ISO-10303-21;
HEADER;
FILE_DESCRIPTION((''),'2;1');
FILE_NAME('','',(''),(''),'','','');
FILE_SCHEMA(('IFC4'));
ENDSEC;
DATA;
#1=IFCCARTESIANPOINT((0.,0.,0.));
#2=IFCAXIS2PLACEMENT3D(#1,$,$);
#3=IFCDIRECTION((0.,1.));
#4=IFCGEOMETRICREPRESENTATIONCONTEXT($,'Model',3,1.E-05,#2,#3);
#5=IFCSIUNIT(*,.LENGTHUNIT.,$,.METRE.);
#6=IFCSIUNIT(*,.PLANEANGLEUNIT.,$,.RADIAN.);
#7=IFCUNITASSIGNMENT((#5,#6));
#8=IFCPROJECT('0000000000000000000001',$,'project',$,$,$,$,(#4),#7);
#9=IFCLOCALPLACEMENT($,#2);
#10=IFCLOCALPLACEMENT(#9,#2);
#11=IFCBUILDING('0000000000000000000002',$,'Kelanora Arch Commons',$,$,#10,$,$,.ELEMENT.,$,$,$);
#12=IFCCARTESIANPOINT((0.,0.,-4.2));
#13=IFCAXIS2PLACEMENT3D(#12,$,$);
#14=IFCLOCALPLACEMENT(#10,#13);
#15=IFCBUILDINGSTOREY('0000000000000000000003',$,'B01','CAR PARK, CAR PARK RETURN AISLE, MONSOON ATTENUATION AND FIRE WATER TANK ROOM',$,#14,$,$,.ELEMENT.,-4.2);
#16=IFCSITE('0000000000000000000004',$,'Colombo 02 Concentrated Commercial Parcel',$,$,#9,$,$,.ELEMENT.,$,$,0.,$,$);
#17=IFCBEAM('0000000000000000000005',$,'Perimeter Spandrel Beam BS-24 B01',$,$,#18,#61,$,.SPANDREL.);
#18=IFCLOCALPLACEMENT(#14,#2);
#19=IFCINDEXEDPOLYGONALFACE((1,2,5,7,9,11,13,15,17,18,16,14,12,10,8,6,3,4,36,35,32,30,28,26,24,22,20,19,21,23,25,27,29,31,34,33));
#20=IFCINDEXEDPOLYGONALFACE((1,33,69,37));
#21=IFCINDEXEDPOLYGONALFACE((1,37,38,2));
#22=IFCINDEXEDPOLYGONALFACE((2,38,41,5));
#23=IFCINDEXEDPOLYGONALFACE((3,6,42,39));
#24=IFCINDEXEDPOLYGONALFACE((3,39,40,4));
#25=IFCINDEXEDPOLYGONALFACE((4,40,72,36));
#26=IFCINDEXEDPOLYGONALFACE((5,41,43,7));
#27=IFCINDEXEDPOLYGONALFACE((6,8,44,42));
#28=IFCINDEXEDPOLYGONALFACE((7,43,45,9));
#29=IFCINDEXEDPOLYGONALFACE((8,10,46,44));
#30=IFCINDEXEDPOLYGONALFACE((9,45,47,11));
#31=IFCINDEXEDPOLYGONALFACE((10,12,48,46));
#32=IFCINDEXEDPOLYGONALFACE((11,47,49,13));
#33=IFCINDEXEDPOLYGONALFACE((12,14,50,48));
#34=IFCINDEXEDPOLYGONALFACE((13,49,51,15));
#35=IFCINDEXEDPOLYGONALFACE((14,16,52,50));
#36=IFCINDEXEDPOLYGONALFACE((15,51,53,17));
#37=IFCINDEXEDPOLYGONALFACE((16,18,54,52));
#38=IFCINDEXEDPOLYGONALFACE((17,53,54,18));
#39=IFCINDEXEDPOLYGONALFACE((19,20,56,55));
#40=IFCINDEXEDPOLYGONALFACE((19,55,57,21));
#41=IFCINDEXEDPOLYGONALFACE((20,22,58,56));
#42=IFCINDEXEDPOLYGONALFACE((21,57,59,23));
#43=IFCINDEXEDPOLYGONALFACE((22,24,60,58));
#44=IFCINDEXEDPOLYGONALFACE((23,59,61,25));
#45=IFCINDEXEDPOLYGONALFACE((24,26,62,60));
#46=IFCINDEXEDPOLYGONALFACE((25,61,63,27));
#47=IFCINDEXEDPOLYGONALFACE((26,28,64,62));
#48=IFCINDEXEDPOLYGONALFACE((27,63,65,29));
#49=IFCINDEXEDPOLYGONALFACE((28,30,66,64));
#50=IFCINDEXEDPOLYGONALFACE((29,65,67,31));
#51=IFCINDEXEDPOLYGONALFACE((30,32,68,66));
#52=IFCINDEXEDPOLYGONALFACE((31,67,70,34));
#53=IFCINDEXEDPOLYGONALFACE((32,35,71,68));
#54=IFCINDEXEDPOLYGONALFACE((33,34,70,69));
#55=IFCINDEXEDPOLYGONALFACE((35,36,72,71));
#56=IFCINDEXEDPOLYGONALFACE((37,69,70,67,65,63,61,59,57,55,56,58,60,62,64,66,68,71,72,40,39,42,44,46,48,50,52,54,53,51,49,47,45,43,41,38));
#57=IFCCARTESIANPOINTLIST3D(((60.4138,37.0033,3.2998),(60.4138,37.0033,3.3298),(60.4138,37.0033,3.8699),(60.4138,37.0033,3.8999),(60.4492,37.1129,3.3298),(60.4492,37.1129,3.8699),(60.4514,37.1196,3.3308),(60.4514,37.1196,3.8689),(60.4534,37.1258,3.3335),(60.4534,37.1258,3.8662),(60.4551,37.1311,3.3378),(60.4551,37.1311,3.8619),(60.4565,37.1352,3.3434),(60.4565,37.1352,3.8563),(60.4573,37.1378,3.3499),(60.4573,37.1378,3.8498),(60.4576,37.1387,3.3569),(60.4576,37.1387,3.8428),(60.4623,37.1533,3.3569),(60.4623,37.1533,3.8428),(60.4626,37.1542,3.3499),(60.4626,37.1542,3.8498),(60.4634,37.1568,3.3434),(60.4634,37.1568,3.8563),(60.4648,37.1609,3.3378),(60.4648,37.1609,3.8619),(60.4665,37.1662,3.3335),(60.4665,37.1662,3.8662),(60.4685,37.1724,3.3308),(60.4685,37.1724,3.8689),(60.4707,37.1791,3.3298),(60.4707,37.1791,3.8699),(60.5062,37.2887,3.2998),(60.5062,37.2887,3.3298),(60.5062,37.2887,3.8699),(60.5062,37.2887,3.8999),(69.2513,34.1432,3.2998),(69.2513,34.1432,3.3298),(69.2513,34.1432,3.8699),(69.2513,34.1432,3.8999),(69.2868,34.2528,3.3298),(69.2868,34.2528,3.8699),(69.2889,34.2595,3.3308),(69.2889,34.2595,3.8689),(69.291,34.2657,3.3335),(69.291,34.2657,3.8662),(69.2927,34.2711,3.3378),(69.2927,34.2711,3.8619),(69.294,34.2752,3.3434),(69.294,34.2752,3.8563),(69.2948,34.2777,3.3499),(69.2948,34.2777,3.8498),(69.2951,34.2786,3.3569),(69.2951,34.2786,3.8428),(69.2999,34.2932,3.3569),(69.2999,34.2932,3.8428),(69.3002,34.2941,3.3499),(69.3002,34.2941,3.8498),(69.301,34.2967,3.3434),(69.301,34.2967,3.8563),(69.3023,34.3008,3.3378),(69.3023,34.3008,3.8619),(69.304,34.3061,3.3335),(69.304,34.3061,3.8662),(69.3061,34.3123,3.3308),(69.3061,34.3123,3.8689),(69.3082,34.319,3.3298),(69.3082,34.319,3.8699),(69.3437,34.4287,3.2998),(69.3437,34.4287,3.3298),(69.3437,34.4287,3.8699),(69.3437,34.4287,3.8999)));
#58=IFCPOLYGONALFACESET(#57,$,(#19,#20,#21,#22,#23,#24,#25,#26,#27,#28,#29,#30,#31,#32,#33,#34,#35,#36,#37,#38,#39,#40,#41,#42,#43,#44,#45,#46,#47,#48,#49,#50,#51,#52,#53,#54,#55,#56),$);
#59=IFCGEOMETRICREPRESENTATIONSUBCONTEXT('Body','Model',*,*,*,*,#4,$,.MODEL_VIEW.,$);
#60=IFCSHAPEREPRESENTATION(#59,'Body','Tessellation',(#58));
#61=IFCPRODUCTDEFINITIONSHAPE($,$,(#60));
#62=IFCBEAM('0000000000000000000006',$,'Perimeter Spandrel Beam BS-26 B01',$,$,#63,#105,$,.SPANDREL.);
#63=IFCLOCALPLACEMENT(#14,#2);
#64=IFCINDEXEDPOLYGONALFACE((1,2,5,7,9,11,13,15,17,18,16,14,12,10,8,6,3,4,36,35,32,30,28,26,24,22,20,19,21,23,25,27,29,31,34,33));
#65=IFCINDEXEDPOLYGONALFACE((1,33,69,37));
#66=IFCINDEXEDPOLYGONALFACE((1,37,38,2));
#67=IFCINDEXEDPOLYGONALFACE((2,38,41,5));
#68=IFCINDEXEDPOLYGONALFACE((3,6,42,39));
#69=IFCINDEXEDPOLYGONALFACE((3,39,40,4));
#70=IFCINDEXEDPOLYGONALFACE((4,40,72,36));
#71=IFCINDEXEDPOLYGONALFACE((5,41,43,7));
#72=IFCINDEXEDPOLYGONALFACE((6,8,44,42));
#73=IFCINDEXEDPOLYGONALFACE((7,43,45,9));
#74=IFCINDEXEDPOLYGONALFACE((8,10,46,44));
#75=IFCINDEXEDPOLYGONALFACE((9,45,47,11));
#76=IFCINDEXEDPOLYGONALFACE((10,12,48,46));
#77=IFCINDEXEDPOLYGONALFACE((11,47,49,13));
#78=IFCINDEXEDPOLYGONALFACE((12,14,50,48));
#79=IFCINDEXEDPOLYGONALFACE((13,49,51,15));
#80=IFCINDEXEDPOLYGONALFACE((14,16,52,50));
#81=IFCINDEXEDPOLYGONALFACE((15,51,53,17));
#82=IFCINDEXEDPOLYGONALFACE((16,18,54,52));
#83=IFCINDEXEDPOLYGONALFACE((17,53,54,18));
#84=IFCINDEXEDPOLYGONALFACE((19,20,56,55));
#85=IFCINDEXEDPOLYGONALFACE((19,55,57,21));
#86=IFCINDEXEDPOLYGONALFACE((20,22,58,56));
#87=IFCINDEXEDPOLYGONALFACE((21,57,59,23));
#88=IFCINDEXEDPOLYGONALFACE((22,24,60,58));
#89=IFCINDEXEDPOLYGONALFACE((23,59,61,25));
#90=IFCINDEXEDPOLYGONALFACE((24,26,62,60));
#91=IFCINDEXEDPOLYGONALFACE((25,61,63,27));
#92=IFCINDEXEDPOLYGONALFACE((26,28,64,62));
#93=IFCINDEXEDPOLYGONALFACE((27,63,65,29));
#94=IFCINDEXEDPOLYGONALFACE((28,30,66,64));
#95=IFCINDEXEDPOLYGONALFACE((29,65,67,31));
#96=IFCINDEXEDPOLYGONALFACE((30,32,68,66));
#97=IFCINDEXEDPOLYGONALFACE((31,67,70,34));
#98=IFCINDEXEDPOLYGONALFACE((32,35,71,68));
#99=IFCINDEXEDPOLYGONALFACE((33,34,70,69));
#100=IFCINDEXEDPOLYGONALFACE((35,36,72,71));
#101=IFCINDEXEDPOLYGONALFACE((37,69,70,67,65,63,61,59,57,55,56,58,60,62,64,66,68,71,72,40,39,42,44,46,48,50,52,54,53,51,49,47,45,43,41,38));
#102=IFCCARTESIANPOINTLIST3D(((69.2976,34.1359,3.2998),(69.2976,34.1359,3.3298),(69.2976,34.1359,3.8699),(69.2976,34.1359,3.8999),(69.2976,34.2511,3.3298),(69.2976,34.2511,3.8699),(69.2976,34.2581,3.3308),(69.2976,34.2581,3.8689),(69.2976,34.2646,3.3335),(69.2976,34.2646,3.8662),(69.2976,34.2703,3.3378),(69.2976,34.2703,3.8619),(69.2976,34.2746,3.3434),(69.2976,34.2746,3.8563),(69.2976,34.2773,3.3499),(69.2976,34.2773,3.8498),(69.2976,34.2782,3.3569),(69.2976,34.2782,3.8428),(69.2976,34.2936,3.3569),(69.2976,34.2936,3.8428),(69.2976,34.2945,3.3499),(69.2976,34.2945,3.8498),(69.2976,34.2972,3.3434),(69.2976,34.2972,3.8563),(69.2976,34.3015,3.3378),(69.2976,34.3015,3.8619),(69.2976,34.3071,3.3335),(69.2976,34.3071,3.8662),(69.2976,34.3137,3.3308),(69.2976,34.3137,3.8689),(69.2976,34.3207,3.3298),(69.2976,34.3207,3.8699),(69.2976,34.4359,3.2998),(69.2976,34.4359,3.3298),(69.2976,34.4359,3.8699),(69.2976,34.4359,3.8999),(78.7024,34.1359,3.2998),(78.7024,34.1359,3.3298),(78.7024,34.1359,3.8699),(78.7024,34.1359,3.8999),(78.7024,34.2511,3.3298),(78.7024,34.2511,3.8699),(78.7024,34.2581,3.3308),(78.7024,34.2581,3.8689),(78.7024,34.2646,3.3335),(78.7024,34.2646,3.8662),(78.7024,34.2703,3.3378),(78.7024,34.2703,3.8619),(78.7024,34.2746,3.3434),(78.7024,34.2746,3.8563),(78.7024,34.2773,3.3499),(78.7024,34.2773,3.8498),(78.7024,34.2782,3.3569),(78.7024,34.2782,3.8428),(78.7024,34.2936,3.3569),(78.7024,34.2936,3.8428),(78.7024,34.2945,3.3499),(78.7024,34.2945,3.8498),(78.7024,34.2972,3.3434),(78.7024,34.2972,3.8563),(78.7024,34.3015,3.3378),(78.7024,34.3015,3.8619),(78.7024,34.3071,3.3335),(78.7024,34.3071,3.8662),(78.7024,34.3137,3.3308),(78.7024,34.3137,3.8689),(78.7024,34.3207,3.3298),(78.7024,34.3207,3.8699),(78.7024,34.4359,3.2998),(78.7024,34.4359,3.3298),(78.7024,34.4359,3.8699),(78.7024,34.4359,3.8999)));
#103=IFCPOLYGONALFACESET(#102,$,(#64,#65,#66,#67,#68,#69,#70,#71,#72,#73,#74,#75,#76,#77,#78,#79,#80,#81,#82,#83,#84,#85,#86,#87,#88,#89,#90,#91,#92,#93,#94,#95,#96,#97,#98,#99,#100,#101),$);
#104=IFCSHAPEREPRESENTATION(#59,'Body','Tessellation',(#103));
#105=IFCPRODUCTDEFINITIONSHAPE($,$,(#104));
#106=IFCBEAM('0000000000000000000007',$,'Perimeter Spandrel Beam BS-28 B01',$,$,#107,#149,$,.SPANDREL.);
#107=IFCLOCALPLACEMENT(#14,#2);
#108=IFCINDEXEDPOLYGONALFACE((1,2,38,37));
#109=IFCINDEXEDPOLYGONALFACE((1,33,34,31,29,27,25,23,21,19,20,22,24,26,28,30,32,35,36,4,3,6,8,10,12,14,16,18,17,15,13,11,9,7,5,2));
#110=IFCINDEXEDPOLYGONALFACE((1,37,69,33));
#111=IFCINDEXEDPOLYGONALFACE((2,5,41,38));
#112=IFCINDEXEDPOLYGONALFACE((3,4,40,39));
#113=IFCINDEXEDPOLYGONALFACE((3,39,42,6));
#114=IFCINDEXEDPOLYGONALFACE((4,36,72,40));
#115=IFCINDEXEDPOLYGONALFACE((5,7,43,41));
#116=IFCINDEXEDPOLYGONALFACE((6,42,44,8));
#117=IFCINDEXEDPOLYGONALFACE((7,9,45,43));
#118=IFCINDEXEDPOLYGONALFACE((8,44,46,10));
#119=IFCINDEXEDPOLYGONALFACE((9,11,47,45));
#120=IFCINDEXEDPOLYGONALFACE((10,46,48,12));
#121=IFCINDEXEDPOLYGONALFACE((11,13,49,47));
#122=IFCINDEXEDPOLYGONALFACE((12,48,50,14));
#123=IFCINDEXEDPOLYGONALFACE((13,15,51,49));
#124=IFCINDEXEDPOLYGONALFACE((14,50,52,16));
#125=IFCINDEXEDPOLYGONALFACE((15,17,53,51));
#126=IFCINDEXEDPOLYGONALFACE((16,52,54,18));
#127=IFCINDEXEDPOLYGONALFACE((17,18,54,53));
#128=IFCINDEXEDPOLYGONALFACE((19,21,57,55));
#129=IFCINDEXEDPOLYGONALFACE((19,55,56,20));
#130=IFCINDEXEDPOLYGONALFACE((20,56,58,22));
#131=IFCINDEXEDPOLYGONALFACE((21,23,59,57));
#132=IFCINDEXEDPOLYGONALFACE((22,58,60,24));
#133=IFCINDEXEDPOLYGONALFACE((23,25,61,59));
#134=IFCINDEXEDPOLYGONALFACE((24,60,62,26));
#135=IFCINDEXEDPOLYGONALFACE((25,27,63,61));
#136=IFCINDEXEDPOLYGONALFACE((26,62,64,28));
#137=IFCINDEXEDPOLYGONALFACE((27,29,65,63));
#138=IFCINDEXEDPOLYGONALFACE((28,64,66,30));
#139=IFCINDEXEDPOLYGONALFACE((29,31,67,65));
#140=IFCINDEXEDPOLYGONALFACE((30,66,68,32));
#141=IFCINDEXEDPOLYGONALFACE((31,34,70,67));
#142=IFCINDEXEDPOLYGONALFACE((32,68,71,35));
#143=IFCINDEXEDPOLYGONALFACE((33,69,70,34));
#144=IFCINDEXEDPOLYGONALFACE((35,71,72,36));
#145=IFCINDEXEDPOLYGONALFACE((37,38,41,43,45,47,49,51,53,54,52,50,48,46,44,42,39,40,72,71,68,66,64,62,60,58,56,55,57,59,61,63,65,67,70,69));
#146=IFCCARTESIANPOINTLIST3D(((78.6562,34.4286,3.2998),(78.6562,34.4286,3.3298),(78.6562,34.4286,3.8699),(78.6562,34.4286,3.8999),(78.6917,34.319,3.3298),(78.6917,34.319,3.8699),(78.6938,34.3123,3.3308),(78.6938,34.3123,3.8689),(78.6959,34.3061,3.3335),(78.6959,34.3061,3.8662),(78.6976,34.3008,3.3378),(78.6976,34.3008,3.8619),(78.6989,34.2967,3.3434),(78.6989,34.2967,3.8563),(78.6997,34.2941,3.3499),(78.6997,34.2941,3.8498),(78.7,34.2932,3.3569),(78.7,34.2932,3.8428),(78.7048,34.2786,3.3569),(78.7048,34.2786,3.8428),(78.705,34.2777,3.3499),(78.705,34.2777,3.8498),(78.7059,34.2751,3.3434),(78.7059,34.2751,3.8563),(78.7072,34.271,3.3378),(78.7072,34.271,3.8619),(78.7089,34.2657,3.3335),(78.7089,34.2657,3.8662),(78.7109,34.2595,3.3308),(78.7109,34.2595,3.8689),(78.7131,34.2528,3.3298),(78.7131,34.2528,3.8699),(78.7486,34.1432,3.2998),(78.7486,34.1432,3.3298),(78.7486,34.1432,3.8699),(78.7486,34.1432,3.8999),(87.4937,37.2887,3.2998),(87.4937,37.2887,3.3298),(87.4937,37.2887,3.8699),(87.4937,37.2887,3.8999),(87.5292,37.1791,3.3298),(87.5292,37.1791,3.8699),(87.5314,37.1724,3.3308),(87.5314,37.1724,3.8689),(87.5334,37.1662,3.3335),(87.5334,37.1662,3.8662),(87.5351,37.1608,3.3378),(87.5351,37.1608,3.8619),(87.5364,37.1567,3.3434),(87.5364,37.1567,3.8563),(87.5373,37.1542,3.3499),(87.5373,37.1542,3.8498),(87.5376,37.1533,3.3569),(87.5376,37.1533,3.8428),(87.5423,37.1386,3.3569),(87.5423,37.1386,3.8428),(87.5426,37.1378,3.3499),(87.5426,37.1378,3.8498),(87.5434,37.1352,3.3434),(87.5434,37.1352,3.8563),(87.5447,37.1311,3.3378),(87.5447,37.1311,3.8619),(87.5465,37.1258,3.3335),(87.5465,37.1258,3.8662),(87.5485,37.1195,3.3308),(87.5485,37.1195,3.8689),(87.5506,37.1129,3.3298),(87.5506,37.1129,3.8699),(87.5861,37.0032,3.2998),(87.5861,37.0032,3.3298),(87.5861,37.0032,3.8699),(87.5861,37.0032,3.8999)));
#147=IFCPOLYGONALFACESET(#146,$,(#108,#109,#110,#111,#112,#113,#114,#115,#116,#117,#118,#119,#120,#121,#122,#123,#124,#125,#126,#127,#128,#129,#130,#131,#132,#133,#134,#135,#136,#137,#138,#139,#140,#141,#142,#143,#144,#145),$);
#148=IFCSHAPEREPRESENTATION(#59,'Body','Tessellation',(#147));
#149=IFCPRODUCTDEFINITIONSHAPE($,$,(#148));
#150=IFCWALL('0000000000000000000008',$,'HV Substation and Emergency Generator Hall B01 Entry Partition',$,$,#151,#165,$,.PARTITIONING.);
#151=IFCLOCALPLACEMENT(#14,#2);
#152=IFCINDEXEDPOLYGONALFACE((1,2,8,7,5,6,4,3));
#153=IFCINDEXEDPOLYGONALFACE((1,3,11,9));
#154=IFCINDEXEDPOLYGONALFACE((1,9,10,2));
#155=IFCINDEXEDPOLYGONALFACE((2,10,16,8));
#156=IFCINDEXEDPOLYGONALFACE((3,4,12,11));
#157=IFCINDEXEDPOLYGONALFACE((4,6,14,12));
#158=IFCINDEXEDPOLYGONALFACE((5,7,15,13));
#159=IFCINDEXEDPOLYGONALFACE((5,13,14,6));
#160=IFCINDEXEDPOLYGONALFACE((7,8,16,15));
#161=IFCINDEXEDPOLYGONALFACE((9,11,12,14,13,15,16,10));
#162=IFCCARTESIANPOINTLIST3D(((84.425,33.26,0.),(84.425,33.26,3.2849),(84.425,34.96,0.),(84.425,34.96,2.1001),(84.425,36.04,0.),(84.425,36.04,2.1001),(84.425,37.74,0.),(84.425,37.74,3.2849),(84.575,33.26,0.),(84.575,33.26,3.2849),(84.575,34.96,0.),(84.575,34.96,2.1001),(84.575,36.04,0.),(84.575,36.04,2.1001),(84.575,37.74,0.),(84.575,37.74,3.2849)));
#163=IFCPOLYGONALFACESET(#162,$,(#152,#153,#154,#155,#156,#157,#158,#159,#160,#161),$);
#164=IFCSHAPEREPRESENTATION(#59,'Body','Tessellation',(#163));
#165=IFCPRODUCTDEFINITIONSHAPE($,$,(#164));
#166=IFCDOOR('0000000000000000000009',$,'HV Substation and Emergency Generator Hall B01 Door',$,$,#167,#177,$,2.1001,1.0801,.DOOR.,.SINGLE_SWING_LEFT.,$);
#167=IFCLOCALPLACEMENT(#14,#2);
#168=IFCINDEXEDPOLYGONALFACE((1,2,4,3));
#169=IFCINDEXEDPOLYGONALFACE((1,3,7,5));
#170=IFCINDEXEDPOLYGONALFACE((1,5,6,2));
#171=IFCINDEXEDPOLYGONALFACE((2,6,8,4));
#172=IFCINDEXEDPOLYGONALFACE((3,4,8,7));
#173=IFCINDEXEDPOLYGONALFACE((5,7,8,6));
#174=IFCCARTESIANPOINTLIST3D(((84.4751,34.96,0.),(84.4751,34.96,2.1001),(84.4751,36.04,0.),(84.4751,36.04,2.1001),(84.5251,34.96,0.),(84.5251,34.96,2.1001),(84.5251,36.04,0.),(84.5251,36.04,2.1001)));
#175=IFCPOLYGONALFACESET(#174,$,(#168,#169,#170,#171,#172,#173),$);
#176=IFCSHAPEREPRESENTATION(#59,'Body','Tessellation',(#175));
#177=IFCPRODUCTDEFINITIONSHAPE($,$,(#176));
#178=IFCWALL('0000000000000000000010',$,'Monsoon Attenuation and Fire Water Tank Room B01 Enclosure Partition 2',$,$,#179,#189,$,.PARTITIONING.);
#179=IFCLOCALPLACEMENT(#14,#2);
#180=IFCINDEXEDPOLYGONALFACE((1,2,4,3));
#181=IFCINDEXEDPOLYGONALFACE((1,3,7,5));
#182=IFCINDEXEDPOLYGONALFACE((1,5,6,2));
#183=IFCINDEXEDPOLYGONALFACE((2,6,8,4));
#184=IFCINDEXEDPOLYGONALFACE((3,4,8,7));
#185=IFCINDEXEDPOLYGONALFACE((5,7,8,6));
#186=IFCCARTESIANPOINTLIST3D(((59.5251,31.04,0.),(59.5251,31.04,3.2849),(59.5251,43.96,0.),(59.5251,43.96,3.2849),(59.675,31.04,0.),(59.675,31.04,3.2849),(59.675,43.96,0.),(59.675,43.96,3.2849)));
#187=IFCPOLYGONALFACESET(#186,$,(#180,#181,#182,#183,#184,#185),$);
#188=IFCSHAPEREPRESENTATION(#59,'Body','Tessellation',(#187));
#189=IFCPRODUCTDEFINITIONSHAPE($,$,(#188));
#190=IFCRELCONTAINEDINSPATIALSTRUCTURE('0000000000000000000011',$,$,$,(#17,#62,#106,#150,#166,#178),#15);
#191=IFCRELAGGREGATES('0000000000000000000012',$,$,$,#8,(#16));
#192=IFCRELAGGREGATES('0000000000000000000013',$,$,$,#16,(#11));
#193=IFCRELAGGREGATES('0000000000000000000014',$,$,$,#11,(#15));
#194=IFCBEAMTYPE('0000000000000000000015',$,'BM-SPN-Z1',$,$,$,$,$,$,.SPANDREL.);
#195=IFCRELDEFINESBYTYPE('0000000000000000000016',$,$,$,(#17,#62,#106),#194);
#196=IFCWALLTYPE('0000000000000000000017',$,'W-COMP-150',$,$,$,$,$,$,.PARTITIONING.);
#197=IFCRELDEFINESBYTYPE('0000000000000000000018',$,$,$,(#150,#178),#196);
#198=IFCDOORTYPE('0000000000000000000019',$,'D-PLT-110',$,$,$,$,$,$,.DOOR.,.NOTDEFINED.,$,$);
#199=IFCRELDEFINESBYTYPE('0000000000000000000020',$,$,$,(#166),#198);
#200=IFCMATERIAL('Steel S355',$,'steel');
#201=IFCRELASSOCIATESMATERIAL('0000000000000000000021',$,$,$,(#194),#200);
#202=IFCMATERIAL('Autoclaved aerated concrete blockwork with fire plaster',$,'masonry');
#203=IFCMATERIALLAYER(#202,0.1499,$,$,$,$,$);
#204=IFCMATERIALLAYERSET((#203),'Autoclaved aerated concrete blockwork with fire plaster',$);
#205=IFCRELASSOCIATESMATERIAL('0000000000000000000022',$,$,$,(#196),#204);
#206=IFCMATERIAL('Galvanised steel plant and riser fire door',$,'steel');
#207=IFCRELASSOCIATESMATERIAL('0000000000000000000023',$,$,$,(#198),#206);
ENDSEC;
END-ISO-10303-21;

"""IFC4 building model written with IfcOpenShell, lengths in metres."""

from ifc_helpers import new_model, si_unit, direction, frame, frame_2d, origin, origin_2d, place, context, subcontext, project, spatial, rectangle, i_section, extrude, material, layer, layer_set, material_profile, profile_set, type_object, element, fill, save


model = new_model("IFC4")

# Units and contexts
model_context = context("Model", 3, precision=1e-05, world=origin(), true_north=direction((0.0, 1.0)))
body_context = subcontext(model_context, "Body", "Model", "MODEL_VIEW")
ifc_project = project(units=[si_unit("LENGTHUNIT", "METRE"), si_unit("PLANEANGLEUNIT", "RADIAN")], contexts=[model_context])

# Site, building, storey
site_placement = place(None, origin())
site = spatial("IfcSite", under=ifc_project, at=site_placement, Name="Colombo 02 Concentrated Commercial Parcel", CompositionType="ELEMENT", RefElevation=0.0)
building_placement = place(site_placement, origin())
building = spatial("IfcBuilding", under=site, at=building_placement, Name="Kelanora Arch Commons", CompositionType="ELEMENT")
storey_placement = place(building_placement, frame((0.0, 0.0, -4.2)))
storey = spatial("IfcBuildingStorey", under=building, at=storey_placement, Name="B01", Description="CAR PARK, CAR PARK RETURN AISLE, MONSOON ATTENUATION AND FIRE WATER TANK ROOM", CompositionType="ELEMENT", Elevation=-4.2)

# Beams
ifc_material_1 = material(Name="Steel S355", Category="steel")
ifc_material_profile_1 = material_profile(ifc_material_1, i_section(OverallWidth=0.3, OverallDepth=0.6001, WebThickness=0.0154, FlangeThickness=0.03, FilletRadius=0.0271, at=origin_2d()), Name="HEB600")
ifc_profile_set_1 = profile_set([ifc_material_profile_1], Name="Steel S355")
beam_type_1 = type_object("IfcBeamType", Name="BM-SPN-Z1", PredefinedType="SPANDREL", material=ifc_profile_set_1)
beam_1_placement = place(storey_placement, frame((60.46, 37.146, 3.5999), z_axis=(0.951417, -0.307905, 0.0), x_axis=(0.307905, 0.951417, 0.0)))
element("IfcBeam", 1, at=beam_1_placement, inside=storey, type_object=beam_type_1, Name="Perimeter Spandrel Beam BS-24 B01", PredefinedType="SPANDREL", context=body_context, shape_type="SweptSolid", body=[
    extrude(i_section(OverallWidth=0.3, OverallDepth=0.6001, WebThickness=0.0154, FlangeThickness=0.03, FilletRadius=0.0271, at=origin_2d()), origin(), (0.0, 0.0, 1.0), 9.2888),
])
beam_2_placement = place(storey_placement, frame((69.2976, 34.2859, 3.5999), z_axis=(1.0, 0.0, 0.0), x_axis=(0.0, 1.0, 0.0)))
element("IfcBeam", 2, at=beam_2_placement, inside=storey, type_object=beam_type_1, Name="Perimeter Spandrel Beam BS-26 B01", PredefinedType="SPANDREL", context=body_context, shape_type="SweptSolid", body=[
    extrude(i_section(OverallWidth=0.3, OverallDepth=0.6001, WebThickness=0.0154, FlangeThickness=0.03, FilletRadius=0.0271, at=origin_2d()), origin(), (0.0, 0.0, 1.0), 9.4048),
])
beam_3_placement = place(storey_placement, frame((78.7024, 34.2859, 3.5999), z_axis=(0.951417, 0.307905, 0.0), x_axis=(-0.307905, 0.951417, 0.0)))
element("IfcBeam", 3, at=beam_3_placement, inside=storey, type_object=beam_type_1, Name="Perimeter Spandrel Beam BS-28 B01", PredefinedType="SPANDREL", context=body_context, shape_type="SweptSolid", body=[
    extrude(i_section(OverallWidth=0.3, OverallDepth=0.6001, WebThickness=0.0154, FlangeThickness=0.03, FilletRadius=0.0271, at=origin_2d()), origin(), (0.0, 0.0, 1.0), 9.2888),
])

# Wall, opening, door
ifc_material_2 = material(Name="Autoclaved aerated concrete blockwork with fire plaster", Category="masonry")
ifc_layer = layer(ifc_material_2, 0.1499)
ifc_layer_set = layer_set([ifc_layer], Name="Autoclaved aerated concrete blockwork with fire plaster")
wall_type = type_object("IfcWallType", Name="W-COMP-150", PredefinedType="PARTITIONING", material=ifc_layer_set)
wall_1_placement = place(storey_placement, frame((84.5, 33.26, 0.0), z_axis=(0.0, 0.0, 1.0), x_axis=(0.0, 1.0, 0.0)))
wall_1 = element("IfcWall", 4, at=wall_1_placement, inside=storey, type_object=wall_type, Name="HV Substation and Emergency Generator Hall B01 Entry Partition", PredefinedType="PARTITIONING", context=body_context, shape_type="SweptSolid", body=[
    extrude(rectangle(XDim=4.48, YDim=0.1499, at=frame_2d((2.24, 0.0))), origin(), (0.0, 0.0, 1.0), 3.2849),
])
opening_placement = place(wall_1_placement, frame((1.7, 0.0, 0.0)))
opening = element("IfcOpeningElement", 5, at=opening_placement, cuts=wall_1, PredefinedType="OPENING", context=body_context, shape_type="SweptSolid", body=[
    extrude(rectangle(XDim=1.0801, YDim=2.1001, at=frame_2d((0.54, 1.05))), frame((0.0, 0.085, 0.0), z_axis=(0.0, -1.0, 0.0), x_axis=(1.0, 0.0, 0.0)), (0.0, 0.0, 1.0), 0.1699),
])
ifc_material_3 = material(Name="Galvanised steel plant and riser fire door", Category="steel")
door_type = type_object("IfcDoorType", Name="D-PLT-110", OperationType="NOTDEFINED", PredefinedType="DOOR", material=ifc_material_3)
door_placement = place(opening_placement, origin())
door = element("IfcDoor", 6, at=door_placement, inside=storey, type_object=door_type, Name="HV Substation and Emergency Generator Hall B01 Door", OperationType="SINGLE_SWING_LEFT", OverallHeight=2.1001, OverallWidth=1.0801, PredefinedType="DOOR", context=body_context, shape_type="SweptSolid", body=[
    extrude(rectangle(XDim=1.0801, YDim=2.1001, at=frame_2d((0.54, 1.05))), frame((0.0, 0.0249, 0.0), z_axis=(0.0, -1.0, 0.0), x_axis=(1.0, 0.0, 0.0)), (0.0, 0.0, 1.0), 0.05),
])
fill(opening, door)

# Wall
wall_2_placement = place(storey_placement, frame((59.6001, 31.04, 0.0), z_axis=(0.0, 0.0, 1.0), x_axis=(0.0, 1.0, 0.0)))
element("IfcWall", 7, at=wall_2_placement, inside=storey, type_object=wall_type, Name="Monsoon Attenuation and Fire Water Tank Room B01 Enclosure Partition 2", PredefinedType="PARTITIONING", context=body_context, shape_type="SweptSolid", body=[
    extrude(rectangle(XDim=12.9199, YDim=0.1499, at=frame_2d((6.46, 0.0))), origin(), (0.0, 0.0, 1.0), 3.2849),
])

save(model, "model.ifc")
